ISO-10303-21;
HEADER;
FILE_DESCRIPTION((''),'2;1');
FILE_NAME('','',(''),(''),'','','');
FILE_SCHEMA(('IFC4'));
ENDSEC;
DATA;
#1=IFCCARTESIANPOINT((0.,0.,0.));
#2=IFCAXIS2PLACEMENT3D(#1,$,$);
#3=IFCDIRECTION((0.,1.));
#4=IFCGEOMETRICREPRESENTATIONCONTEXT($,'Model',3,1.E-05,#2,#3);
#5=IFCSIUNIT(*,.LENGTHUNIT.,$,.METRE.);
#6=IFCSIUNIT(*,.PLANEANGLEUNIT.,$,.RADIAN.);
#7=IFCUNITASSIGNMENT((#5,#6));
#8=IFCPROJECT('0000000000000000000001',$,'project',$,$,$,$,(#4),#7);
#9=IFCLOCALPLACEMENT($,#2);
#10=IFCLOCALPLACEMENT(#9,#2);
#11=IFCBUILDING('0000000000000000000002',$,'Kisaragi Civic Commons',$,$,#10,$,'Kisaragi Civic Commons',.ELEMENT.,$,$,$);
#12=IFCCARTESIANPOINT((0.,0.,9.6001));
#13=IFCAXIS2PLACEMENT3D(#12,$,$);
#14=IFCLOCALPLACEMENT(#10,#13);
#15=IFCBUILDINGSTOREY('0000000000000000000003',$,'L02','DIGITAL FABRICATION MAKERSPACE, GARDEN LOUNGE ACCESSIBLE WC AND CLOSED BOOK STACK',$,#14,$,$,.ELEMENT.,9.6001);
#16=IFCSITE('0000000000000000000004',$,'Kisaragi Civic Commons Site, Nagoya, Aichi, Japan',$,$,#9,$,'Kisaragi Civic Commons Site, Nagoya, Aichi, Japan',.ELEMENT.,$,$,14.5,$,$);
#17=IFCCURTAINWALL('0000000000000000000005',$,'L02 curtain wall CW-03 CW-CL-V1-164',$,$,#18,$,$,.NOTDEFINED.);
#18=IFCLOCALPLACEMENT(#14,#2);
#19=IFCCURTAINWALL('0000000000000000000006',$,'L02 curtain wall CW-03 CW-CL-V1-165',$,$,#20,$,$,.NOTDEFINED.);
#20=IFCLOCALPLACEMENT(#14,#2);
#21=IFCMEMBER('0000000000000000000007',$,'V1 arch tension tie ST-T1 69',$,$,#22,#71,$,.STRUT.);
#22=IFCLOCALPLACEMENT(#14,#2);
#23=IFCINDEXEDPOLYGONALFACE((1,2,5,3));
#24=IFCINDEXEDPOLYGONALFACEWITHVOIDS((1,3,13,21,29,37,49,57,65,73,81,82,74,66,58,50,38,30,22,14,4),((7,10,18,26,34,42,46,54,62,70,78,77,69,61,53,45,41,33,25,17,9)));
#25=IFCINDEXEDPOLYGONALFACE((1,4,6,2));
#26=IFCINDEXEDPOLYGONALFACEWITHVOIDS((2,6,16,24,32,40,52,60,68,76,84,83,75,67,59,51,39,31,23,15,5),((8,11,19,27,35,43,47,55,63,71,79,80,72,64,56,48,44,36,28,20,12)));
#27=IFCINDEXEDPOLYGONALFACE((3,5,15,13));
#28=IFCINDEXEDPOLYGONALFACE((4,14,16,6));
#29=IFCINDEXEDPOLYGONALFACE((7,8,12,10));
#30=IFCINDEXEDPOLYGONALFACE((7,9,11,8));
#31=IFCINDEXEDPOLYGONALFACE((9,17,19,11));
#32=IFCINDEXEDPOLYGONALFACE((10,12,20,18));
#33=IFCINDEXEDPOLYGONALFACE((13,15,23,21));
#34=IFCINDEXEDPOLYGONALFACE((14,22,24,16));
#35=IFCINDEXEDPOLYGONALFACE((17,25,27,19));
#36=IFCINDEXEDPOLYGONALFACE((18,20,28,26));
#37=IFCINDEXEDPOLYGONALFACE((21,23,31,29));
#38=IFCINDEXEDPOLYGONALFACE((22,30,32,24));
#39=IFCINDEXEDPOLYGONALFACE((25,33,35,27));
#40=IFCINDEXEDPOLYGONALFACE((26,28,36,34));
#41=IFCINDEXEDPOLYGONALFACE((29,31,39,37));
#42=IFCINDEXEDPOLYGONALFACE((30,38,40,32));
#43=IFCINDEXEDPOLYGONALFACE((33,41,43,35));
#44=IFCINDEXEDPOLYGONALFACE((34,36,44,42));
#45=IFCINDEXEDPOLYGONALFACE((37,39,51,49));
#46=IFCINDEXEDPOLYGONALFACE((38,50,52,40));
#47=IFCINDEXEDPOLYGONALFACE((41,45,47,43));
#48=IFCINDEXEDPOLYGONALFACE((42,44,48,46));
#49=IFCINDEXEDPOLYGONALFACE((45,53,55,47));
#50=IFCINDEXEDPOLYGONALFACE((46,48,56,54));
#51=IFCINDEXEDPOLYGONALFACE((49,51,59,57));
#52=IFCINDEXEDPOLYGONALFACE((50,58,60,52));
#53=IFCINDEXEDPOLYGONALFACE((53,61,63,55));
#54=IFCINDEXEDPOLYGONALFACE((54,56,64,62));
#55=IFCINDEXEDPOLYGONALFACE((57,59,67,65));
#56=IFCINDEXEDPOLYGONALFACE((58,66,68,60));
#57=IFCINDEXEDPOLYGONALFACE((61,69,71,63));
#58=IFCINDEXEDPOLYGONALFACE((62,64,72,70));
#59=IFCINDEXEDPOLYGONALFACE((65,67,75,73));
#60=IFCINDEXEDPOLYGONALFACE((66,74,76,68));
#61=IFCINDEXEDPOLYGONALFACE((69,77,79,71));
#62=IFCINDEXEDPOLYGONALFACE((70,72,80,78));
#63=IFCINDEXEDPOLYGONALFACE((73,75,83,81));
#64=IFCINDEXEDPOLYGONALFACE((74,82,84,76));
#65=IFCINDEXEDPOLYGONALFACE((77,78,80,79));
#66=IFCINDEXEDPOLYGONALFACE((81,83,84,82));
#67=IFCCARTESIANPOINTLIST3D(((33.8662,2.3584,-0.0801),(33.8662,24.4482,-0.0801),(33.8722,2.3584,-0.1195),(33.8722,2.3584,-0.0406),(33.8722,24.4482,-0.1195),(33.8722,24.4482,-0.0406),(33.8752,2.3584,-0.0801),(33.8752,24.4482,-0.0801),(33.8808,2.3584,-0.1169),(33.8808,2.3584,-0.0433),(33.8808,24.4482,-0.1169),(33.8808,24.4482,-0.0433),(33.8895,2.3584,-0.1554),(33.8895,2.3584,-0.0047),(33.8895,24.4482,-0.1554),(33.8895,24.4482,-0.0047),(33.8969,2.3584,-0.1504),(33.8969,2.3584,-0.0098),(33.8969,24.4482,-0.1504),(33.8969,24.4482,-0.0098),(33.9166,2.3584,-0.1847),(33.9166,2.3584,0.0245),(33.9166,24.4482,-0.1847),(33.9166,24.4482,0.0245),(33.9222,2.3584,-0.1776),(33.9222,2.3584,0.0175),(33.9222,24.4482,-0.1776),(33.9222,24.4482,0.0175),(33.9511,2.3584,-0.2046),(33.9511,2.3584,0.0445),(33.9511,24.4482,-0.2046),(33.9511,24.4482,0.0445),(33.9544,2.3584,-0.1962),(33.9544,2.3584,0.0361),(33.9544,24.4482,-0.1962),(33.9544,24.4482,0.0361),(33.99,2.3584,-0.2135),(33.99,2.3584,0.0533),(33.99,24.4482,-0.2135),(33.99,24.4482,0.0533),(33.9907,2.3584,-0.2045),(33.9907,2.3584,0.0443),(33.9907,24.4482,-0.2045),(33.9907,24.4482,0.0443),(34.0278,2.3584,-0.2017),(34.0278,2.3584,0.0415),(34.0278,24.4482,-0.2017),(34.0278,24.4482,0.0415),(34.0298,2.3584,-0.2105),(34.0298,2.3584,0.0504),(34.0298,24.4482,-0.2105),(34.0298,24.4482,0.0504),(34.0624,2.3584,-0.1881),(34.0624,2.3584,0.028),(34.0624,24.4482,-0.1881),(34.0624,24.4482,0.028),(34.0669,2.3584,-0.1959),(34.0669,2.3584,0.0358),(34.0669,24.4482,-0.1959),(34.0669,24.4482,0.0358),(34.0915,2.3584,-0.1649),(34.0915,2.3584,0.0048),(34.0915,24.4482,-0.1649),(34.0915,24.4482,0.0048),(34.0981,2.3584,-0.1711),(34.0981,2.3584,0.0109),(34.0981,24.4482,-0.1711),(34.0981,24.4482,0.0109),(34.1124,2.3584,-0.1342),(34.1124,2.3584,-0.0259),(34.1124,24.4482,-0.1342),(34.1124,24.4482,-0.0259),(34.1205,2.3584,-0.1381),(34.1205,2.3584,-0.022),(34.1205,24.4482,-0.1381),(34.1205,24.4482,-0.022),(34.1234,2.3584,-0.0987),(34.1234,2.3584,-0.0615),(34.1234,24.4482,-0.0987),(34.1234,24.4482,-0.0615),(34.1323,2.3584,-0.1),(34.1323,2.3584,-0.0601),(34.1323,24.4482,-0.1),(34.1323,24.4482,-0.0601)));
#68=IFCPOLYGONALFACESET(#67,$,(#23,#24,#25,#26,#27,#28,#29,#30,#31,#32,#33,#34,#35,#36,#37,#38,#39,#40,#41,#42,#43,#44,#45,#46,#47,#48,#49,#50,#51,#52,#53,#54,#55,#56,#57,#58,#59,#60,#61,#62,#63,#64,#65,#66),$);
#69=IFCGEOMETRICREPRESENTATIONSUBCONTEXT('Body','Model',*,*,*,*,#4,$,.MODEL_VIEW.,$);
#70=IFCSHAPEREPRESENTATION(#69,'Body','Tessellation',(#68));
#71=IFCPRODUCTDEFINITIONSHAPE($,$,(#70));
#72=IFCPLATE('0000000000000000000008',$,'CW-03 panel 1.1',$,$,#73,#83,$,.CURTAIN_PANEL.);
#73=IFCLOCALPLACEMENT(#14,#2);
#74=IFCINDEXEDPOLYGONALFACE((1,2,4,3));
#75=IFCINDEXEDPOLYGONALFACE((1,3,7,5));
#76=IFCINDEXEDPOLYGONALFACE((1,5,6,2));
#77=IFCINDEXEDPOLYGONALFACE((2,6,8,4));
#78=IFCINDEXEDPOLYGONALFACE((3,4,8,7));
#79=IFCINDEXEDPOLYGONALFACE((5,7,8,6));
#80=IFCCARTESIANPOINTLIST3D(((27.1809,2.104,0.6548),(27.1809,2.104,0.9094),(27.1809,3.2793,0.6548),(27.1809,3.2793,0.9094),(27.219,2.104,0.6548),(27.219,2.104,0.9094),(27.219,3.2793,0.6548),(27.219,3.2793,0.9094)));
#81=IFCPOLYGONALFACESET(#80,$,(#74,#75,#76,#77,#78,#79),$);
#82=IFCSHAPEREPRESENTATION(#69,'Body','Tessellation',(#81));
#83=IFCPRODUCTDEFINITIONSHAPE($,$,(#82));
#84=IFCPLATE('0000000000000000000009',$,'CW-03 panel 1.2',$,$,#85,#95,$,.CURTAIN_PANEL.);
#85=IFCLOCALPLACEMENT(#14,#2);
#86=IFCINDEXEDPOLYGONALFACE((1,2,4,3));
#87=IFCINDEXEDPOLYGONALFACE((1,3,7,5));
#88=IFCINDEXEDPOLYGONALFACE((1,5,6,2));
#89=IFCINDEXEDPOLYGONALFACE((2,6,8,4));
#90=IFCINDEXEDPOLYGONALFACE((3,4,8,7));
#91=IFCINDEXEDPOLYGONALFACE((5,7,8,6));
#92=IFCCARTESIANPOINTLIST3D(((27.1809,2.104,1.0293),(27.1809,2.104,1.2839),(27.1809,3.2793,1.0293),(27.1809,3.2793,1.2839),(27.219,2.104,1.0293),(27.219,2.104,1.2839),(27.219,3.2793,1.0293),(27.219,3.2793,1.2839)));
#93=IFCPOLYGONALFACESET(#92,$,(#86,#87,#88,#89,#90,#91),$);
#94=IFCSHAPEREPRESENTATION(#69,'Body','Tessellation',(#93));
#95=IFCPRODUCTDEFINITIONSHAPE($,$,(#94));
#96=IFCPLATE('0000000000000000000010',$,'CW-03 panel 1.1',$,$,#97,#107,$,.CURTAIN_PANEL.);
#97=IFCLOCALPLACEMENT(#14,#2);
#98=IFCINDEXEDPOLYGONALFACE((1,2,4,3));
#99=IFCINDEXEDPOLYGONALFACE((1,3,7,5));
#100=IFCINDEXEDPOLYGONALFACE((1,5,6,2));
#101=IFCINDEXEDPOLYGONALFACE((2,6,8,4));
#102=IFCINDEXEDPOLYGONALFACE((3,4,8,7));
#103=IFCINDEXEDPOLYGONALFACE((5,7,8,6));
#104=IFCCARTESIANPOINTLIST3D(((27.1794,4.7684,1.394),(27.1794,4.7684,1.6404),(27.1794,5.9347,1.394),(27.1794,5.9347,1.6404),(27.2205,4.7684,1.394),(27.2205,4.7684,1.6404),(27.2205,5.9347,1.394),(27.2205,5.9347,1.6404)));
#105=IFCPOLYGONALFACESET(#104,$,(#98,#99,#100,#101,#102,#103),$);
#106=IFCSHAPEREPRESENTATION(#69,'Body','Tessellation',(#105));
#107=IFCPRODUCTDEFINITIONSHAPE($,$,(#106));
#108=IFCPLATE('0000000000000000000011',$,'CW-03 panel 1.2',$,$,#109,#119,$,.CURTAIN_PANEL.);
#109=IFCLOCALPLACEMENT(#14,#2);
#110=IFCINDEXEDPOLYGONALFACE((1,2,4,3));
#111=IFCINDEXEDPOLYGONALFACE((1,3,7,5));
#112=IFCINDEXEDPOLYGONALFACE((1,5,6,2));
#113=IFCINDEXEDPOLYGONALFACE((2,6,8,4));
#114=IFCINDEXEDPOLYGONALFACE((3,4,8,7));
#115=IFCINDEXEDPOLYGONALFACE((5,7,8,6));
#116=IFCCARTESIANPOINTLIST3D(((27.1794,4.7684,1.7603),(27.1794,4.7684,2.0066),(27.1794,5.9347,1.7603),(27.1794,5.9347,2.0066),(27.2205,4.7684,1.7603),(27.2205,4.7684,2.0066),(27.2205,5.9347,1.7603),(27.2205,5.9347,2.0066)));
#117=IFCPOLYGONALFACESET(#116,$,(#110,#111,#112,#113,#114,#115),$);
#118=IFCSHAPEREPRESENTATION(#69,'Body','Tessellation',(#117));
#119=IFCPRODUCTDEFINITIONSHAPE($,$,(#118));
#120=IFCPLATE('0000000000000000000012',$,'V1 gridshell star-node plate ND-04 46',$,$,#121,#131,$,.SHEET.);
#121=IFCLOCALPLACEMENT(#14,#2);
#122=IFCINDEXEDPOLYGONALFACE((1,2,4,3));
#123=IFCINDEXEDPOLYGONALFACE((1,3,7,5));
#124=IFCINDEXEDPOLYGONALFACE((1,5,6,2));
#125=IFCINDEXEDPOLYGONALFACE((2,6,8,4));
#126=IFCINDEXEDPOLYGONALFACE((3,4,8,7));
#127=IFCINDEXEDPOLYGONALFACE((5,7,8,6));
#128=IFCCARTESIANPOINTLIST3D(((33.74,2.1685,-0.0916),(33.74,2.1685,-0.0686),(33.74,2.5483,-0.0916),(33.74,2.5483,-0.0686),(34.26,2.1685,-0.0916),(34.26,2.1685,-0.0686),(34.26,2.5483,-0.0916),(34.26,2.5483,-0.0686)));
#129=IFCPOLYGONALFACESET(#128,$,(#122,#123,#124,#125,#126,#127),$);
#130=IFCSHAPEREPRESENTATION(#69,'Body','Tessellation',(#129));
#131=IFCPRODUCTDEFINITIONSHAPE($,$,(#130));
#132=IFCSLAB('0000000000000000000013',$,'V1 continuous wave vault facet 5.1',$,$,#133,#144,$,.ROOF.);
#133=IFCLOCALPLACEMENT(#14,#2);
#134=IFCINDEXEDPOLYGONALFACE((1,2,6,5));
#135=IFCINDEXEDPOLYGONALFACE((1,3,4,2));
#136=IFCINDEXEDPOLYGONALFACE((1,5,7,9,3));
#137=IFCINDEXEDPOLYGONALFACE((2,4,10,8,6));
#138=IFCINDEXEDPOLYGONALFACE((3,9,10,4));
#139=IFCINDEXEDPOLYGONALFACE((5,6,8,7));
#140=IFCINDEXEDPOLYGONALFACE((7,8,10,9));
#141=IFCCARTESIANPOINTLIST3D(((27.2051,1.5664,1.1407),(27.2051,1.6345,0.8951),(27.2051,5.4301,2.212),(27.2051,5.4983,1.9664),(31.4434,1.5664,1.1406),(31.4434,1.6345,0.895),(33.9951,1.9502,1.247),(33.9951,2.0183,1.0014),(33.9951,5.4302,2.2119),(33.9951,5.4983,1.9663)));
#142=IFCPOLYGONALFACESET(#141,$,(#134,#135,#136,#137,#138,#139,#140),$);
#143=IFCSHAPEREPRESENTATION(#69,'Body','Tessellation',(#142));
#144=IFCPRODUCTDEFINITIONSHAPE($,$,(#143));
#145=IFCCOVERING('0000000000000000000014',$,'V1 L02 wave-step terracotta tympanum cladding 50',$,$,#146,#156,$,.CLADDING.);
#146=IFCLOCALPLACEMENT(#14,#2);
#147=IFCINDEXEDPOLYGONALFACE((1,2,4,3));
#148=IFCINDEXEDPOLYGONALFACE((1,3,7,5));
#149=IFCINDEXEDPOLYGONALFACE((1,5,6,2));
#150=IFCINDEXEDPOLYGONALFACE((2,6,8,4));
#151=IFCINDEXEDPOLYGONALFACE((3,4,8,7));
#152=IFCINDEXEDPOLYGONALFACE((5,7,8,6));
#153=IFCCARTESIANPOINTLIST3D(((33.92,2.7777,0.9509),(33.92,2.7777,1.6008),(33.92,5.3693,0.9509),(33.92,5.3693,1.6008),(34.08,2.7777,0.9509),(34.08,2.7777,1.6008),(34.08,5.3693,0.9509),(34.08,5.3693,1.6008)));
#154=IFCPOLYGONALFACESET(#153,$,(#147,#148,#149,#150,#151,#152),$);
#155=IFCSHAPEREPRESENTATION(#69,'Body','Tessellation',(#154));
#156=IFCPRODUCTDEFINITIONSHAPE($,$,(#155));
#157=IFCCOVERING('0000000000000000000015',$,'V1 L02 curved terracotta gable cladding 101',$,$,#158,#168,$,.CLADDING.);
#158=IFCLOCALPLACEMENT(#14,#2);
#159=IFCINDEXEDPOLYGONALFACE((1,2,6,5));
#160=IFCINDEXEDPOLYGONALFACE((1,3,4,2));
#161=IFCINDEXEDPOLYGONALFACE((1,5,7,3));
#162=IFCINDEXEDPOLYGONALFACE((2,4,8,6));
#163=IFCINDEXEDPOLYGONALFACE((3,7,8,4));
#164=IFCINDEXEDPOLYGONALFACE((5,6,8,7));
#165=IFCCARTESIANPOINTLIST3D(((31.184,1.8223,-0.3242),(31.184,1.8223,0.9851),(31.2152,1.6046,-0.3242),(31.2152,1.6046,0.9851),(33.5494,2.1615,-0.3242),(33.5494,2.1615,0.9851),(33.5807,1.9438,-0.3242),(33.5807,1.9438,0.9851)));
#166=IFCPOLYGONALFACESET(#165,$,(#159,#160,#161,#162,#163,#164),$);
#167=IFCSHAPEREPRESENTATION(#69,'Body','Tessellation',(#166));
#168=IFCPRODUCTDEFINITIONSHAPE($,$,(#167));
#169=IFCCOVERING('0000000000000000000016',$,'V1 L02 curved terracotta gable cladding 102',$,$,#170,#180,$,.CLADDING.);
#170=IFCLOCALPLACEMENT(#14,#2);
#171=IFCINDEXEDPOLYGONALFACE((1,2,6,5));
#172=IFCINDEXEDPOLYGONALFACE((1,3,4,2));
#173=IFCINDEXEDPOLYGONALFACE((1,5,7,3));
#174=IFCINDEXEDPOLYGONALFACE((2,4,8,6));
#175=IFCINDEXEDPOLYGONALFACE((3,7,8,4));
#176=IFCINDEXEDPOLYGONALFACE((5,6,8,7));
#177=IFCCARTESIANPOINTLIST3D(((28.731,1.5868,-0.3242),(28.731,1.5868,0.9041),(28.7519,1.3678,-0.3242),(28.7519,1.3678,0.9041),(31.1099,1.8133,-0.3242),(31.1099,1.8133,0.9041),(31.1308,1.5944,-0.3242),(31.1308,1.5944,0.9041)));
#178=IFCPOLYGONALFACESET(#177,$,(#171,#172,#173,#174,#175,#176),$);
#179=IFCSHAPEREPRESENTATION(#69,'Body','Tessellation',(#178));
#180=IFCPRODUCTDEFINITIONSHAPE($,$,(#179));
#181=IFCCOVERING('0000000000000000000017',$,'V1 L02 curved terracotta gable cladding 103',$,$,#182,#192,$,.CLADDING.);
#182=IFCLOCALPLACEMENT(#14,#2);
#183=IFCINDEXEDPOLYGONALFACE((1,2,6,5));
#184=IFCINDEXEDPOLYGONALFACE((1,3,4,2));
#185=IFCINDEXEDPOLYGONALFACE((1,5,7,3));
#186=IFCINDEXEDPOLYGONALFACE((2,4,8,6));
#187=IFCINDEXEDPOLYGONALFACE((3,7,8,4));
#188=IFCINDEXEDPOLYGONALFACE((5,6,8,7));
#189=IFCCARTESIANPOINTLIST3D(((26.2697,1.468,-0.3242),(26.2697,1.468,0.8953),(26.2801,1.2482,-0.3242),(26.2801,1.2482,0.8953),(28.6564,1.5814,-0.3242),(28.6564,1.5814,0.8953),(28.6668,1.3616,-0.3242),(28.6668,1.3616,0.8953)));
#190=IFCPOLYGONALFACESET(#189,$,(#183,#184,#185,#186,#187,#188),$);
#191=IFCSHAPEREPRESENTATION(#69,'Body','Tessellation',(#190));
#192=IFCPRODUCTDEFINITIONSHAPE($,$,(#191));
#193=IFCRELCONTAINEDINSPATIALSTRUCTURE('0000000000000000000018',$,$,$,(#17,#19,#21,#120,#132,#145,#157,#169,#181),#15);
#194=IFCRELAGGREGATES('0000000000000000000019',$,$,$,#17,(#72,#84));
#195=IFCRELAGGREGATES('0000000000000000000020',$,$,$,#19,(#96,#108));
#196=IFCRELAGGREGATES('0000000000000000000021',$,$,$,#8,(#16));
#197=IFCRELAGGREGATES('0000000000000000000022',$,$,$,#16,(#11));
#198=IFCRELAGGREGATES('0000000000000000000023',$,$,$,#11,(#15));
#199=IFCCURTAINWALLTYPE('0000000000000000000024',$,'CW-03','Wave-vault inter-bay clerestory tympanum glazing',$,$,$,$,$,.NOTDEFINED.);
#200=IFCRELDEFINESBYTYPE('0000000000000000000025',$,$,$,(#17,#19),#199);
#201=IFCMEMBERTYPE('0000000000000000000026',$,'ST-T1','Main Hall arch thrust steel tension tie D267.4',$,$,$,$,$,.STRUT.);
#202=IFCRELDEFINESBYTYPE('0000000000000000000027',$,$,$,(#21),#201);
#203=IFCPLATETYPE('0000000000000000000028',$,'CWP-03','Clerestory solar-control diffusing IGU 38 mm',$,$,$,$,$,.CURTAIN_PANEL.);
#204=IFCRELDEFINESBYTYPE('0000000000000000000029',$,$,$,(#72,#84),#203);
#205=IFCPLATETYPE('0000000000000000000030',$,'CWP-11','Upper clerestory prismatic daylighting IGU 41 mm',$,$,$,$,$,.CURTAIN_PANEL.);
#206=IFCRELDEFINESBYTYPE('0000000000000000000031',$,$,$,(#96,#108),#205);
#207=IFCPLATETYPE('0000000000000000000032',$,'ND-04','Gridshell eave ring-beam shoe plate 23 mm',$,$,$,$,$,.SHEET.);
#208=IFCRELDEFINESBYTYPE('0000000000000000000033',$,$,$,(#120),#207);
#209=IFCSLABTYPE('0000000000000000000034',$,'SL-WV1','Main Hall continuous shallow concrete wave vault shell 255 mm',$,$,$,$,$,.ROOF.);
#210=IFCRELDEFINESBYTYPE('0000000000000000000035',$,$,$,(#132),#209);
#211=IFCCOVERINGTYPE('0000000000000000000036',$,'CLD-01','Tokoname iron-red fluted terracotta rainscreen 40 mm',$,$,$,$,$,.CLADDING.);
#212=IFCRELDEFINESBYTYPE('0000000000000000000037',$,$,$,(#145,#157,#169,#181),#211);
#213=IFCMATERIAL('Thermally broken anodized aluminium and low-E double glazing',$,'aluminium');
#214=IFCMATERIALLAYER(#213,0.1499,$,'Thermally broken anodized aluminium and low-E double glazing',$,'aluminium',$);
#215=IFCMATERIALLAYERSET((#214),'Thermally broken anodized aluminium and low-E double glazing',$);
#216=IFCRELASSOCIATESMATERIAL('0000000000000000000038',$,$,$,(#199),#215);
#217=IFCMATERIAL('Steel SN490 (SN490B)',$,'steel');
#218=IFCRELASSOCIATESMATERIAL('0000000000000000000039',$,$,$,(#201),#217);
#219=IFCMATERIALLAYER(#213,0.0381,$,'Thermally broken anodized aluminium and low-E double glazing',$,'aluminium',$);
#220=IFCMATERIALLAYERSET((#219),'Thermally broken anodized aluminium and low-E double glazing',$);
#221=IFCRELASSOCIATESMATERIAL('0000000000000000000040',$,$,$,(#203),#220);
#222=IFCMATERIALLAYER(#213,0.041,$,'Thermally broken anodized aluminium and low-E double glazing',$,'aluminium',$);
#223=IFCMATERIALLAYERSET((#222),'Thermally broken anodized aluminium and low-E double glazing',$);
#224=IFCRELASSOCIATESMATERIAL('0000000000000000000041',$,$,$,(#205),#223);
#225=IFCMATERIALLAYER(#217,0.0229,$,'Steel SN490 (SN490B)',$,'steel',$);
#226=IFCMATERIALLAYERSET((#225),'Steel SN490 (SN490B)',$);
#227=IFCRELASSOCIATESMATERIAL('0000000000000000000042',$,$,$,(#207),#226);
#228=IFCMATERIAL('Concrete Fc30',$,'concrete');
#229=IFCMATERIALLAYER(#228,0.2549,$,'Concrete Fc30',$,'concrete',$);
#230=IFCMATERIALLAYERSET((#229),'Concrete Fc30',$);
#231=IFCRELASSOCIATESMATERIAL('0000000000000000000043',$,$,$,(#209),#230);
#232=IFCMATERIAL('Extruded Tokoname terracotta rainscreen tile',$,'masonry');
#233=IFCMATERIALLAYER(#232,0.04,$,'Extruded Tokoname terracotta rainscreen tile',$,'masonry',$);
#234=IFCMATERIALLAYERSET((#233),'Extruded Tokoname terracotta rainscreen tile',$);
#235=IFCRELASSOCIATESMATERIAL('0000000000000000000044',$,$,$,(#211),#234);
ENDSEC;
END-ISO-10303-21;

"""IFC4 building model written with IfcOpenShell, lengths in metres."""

from ifc_helpers import new_model, si_unit, direction, frame, origin, origin_2d, place, context, subcontext, project, spatial, polyline, rectangle, hollow_circle, outline, extrude, material, layer, layer_set, material_profile, profile_set, type_object, element, aggregate, save


model = new_model("IFC4")

# Units and contexts
model_context = context("Model", 3, precision=1e-05, world=origin(), true_north=direction((0.0, 1.0)))
body_context = subcontext(model_context, "Body", "Model", "MODEL_VIEW")
ifc_project = project(units=[si_unit("LENGTHUNIT", "METRE"), si_unit("PLANEANGLEUNIT", "RADIAN")], contexts=[model_context])

# Site, building, storey
site_placement = place(None, origin())
site = spatial("IfcSite", under=ifc_project, at=site_placement, Name="Kisaragi Civic Commons Site, Nagoya, Aichi, Japan", LongName="Kisaragi Civic Commons Site, Nagoya, Aichi, Japan", CompositionType="ELEMENT", RefElevation=14.5)
building_placement = place(site_placement, origin())
building = spatial("IfcBuilding", under=site, at=building_placement, Name="Kisaragi Civic Commons", LongName="Kisaragi Civic Commons", CompositionType="ELEMENT")
storey_placement = place(building_placement, frame((0.0, 0.0, 9.6001)))
storey = spatial("IfcBuildingStorey", under=building, at=storey_placement, Name="L02", Description="DIGITAL FABRICATION MAKERSPACE, GARDEN LOUNGE ACCESSIBLE WC AND CLOSED BOOK STACK", CompositionType="ELEMENT", Elevation=9.6001)

# Curtain walls
ifc_material_1 = material(Name="Thermally broken anodized aluminium and low-E double glazing", Category="aluminium")
ifc_layer_1 = layer(ifc_material_1, 0.1499, Name="Thermally broken anodized aluminium and low-E double glazing", Category="aluminium")
ifc_layer_set_1 = layer_set([ifc_layer_1], Name="Thermally broken anodized aluminium and low-E double glazing")
curtain_wall_type = type_object("IfcCurtainWallType", Name="CW-03", Description="Wave-vault inter-bay clerestory tympanum glazing", PredefinedType="NOTDEFINED", material=ifc_layer_set_1)
curtain_wall_1_placement = place(storey_placement, origin())
curtain_wall_1 = element("IfcCurtainWall", 1, at=curtain_wall_1_placement, inside=storey, type_object=curtain_wall_type, Name="L02 curtain wall CW-03 CW-CL-V1-164", PredefinedType="NOTDEFINED")
curtain_wall_2_placement = place(storey_placement, origin())
curtain_wall_2 = element("IfcCurtainWall", 2, at=curtain_wall_2_placement, inside=storey, type_object=curtain_wall_type, Name="L02 curtain wall CW-03 CW-CL-V1-165", PredefinedType="NOTDEFINED")

# Member
ifc_material_2 = material(Name="Steel SN490 (SN490B)", Category="steel")
ifc_material_profile_1 = material_profile(ifc_material_2, hollow_circle(Radius=0.1338, WallThickness=0.009, at=origin_2d()), Name="CHS-267.4x9.0", Category="steel")
ifc_profile_set_1 = profile_set([ifc_material_profile_1], Name="Steel SN490 (SN490B)")
member_type_1 = type_object("IfcMemberType", Name="ST-T1", Description="Main Hall arch thrust steel tension tie D267.4", PredefinedType="STRUT", material=ifc_profile_set_1)
member_1_placement = place(storey_placement, frame((34.0, 2.3584, -0.0801), z_axis=(0.0, 1.0, 0.0), x_axis=(-1.0, 0.0, 0.0)))
element("IfcMember", 3, at=member_1_placement, inside=storey, type_object=member_type_1, Name="V1 arch tension tie ST-T1 69", PredefinedType="STRUT", context=body_context, shape_type="SweptSolid", body=[
    extrude(hollow_circle(Radius=0.1338, WallThickness=0.009, at=origin_2d()), origin(), (0.0, 0.0, 1.0), 22.0898),
])

# Plates
ifc_layer_2 = layer(ifc_material_1, 0.0381, Name="Thermally broken anodized aluminium and low-E double glazing", Category="aluminium")
ifc_layer_set_2 = layer_set([ifc_layer_2], Name="Thermally broken anodized aluminium and low-E double glazing")
plate_type_1 = type_object("IfcPlateType", Name="CWP-03", Description="Clerestory solar-control diffusing IGU 38 mm", PredefinedType="CURTAIN_PANEL", material=ifc_layer_set_2)
plate_1_placement = place(storey_placement, frame((27.2, 2.6917, 0.6548), z_axis=(0.0, 0.0, 1.0), x_axis=(0.0, 1.0, 0.0)))
plate_1 = element("IfcPlate", 4, at=plate_1_placement, type_object=plate_type_1, Name="CW-03 panel 1.1", PredefinedType="CURTAIN_PANEL", context=body_context, shape_type="SweptSolid", body=[
    extrude(rectangle(XDim=1.1753, YDim=0.0381, at=origin_2d()), origin(), (0.0, 0.0, 1.0), 0.2546),
])
plate_2_placement = place(storey_placement, frame((27.2, 2.6917, 1.0293), z_axis=(0.0, 0.0, 1.0), x_axis=(0.0, 1.0, 0.0)))
plate_2 = element("IfcPlate", 5, at=plate_2_placement, type_object=plate_type_1, Name="CW-03 panel 1.2", PredefinedType="CURTAIN_PANEL", context=body_context, shape_type="SweptSolid", body=[
    extrude(rectangle(XDim=1.1753, YDim=0.0381, at=origin_2d()), origin(), (0.0, 0.0, 1.0), 0.2546),
])
aggregate(curtain_wall_1, [plate_1, plate_2])
ifc_layer_3 = layer(ifc_material_1, 0.041, Name="Thermally broken anodized aluminium and low-E double glazing", Category="aluminium")
ifc_layer_set_3 = layer_set([ifc_layer_3], Name="Thermally broken anodized aluminium and low-E double glazing")
plate_type_2 = type_object("IfcPlateType", Name="CWP-11", Description="Upper clerestory prismatic daylighting IGU 41 mm", PredefinedType="CURTAIN_PANEL", material=ifc_layer_set_3)
plate_3_placement = place(storey_placement, frame((27.2, 5.3516, 1.394), z_axis=(0.0, 0.0, 1.0), x_axis=(0.0, 1.0, 0.0)))
plate_3 = element("IfcPlate", 6, at=plate_3_placement, type_object=plate_type_2, Name="CW-03 panel 1.1", PredefinedType="CURTAIN_PANEL", context=body_context, shape_type="SweptSolid", body=[
    extrude(rectangle(XDim=1.1663, YDim=0.041, at=origin_2d()), origin(), (0.0, 0.0, 1.0), 0.2463),
])
plate_4_placement = place(storey_placement, frame((27.2, 5.3516, 1.7603), z_axis=(0.0, 0.0, 1.0), x_axis=(0.0, 1.0, 0.0)))
plate_4 = element("IfcPlate", 7, at=plate_4_placement, type_object=plate_type_2, Name="CW-03 panel 1.2", PredefinedType="CURTAIN_PANEL", context=body_context, shape_type="SweptSolid", body=[
    extrude(rectangle(XDim=1.1663, YDim=0.041, at=origin_2d()), origin(), (0.0, 0.0, 1.0), 0.2463),
])
aggregate(curtain_wall_2, [plate_3, plate_4])
ifc_layer_4 = layer(ifc_material_2, 0.0229, Name="Steel SN490 (SN490B)", Category="steel")
ifc_layer_set_4 = layer_set([ifc_layer_4], Name="Steel SN490 (SN490B)")
plate_type_3 = type_object("IfcPlateType", Name="ND-04", Description="Gridshell eave ring-beam shoe plate 23 mm", PredefinedType="SHEET", material=ifc_layer_set_4)
plate_5_placement = place(storey_placement, frame((34.0, 2.3584, -0.0916), z_axis=(0.0, 0.0, 1.0), x_axis=(1.0, 0.0, 0.0)))
element("IfcPlate", 8, at=plate_5_placement, inside=storey, type_object=plate_type_3, Name="V1 gridshell star-node plate ND-04 46", PredefinedType="SHEET", context=body_context, shape_type="SweptSolid", body=[
    extrude(rectangle(XDim=0.52, YDim=0.3799, at=origin_2d()), origin(), (0.0, 0.0, 1.0), 0.0229),
])

# Slab
ifc_material_3 = material(Name="Concrete Fc30", Category="concrete")
ifc_layer_5 = layer(ifc_material_3, 0.2549, Name="Concrete Fc30", Category="concrete")
ifc_layer_set_5 = layer_set([ifc_layer_5], Name="Concrete Fc30")
slab_type = type_object("IfcSlabType", Name="SL-WV1", Description="Main Hall continuous shallow concrete wave vault shell 255 mm", PredefinedType="ROOF", material=ifc_layer_set_5)
slab_placement = place(storey_placement, frame((33.9951, 5.4302, 2.2119), z_axis=(0.000015, -0.267195, 0.963643), x_axis=(-1.0, -0.000004, 0.000015)))
element("IfcSlab", 9, at=slab_placement, inside=storey, type_object=slab_type, Name="V1 continuous wave vault facet 5.1", PredefinedType="ROOF", context=body_context, shape_type="SweptSolid", body=[
    extrude(outline(polyline([(0.0, 0.0), (6.79, 0.0), (6.79, 4.0095), (2.5518, 4.0095), (0.0, 3.6113), (0.0, 0.0)])), origin(), (0.0, 0.0, -1.0), 0.2549),
])

# Coverings
ifc_material_4 = material(Name="Extruded Tokoname terracotta rainscreen tile", Category="masonry")
ifc_layer_6 = layer(ifc_material_4, 0.04, Name="Extruded Tokoname terracotta rainscreen tile", Category="masonry")
ifc_layer_set_6 = layer_set([ifc_layer_6], Name="Extruded Tokoname terracotta rainscreen tile")
covering_type = type_object("IfcCoveringType", Name="CLD-01", Description="Tokoname iron-red fluted terracotta rainscreen 40 mm", PredefinedType="CLADDING", material=ifc_layer_set_6)
covering_1_placement = place(storey_placement, frame((34.0, 4.0735, 0.9509), z_axis=(0.0, 0.0, 1.0), x_axis=(0.0, 1.0, 0.0)))
element("IfcCovering", 10, at=covering_1_placement, inside=storey, type_object=covering_type, Name="V1 L02 wave-step terracotta tympanum cladding 50", PredefinedType="CLADDING", context=body_context, shape_type="SweptSolid", body=[
    extrude(rectangle(XDim=2.5916, YDim=0.1599, at=origin_2d()), origin(), (0.0, 0.0, 1.0), 0.6499),
])
covering_2_placement = place(storey_placement, frame((32.3823, 1.8831, -0.3242), z_axis=(0.0, 0.0, 1.0), x_axis=(-0.989876, -0.141938, 0.0)))
element("IfcCovering", 11, at=covering_2_placement, inside=storey, type_object=covering_type, Name="V1 L02 curved terracotta gable cladding 101", PredefinedType="CLADDING", context=body_context, shape_type="SweptSolid", body=[
    extrude(rectangle(XDim=2.3896, YDim=0.22, at=origin_2d()), origin(), (0.0, 0.0, 1.0), 1.3093),
])
covering_3_placement = place(storey_placement, frame((29.9309, 1.5906, -0.3242), z_axis=(0.0, 0.0, 1.0), x_axis=(-0.995496, -0.094803, 0.0)))
element("IfcCovering", 12, at=covering_3_placement, inside=storey, type_object=covering_type, Name="V1 L02 curved terracotta gable cladding 102", PredefinedType="CLADDING", context=body_context, shape_type="SweptSolid", body=[
    extrude(rectangle(XDim=2.3896, YDim=0.22, at=origin_2d()), origin(), (0.0, 0.0, 1.0), 1.2283),
])
covering_4_placement = place(storey_placement, frame((27.4683, 1.4148, -0.3242), z_axis=(0.0, 0.0, 1.0), x_axis=(-0.998873, -0.047455, 0.0)))
element("IfcCovering", 13, at=covering_4_placement, inside=storey, type_object=covering_type, Name="V1 L02 curved terracotta gable cladding 103", PredefinedType="CLADDING", context=body_context, shape_type="SweptSolid", body=[
    extrude(rectangle(XDim=2.3894, YDim=0.22, at=origin_2d()), origin(), (0.0, 0.0, 1.0), 1.2195),
])

save(model, "model.ifc")
